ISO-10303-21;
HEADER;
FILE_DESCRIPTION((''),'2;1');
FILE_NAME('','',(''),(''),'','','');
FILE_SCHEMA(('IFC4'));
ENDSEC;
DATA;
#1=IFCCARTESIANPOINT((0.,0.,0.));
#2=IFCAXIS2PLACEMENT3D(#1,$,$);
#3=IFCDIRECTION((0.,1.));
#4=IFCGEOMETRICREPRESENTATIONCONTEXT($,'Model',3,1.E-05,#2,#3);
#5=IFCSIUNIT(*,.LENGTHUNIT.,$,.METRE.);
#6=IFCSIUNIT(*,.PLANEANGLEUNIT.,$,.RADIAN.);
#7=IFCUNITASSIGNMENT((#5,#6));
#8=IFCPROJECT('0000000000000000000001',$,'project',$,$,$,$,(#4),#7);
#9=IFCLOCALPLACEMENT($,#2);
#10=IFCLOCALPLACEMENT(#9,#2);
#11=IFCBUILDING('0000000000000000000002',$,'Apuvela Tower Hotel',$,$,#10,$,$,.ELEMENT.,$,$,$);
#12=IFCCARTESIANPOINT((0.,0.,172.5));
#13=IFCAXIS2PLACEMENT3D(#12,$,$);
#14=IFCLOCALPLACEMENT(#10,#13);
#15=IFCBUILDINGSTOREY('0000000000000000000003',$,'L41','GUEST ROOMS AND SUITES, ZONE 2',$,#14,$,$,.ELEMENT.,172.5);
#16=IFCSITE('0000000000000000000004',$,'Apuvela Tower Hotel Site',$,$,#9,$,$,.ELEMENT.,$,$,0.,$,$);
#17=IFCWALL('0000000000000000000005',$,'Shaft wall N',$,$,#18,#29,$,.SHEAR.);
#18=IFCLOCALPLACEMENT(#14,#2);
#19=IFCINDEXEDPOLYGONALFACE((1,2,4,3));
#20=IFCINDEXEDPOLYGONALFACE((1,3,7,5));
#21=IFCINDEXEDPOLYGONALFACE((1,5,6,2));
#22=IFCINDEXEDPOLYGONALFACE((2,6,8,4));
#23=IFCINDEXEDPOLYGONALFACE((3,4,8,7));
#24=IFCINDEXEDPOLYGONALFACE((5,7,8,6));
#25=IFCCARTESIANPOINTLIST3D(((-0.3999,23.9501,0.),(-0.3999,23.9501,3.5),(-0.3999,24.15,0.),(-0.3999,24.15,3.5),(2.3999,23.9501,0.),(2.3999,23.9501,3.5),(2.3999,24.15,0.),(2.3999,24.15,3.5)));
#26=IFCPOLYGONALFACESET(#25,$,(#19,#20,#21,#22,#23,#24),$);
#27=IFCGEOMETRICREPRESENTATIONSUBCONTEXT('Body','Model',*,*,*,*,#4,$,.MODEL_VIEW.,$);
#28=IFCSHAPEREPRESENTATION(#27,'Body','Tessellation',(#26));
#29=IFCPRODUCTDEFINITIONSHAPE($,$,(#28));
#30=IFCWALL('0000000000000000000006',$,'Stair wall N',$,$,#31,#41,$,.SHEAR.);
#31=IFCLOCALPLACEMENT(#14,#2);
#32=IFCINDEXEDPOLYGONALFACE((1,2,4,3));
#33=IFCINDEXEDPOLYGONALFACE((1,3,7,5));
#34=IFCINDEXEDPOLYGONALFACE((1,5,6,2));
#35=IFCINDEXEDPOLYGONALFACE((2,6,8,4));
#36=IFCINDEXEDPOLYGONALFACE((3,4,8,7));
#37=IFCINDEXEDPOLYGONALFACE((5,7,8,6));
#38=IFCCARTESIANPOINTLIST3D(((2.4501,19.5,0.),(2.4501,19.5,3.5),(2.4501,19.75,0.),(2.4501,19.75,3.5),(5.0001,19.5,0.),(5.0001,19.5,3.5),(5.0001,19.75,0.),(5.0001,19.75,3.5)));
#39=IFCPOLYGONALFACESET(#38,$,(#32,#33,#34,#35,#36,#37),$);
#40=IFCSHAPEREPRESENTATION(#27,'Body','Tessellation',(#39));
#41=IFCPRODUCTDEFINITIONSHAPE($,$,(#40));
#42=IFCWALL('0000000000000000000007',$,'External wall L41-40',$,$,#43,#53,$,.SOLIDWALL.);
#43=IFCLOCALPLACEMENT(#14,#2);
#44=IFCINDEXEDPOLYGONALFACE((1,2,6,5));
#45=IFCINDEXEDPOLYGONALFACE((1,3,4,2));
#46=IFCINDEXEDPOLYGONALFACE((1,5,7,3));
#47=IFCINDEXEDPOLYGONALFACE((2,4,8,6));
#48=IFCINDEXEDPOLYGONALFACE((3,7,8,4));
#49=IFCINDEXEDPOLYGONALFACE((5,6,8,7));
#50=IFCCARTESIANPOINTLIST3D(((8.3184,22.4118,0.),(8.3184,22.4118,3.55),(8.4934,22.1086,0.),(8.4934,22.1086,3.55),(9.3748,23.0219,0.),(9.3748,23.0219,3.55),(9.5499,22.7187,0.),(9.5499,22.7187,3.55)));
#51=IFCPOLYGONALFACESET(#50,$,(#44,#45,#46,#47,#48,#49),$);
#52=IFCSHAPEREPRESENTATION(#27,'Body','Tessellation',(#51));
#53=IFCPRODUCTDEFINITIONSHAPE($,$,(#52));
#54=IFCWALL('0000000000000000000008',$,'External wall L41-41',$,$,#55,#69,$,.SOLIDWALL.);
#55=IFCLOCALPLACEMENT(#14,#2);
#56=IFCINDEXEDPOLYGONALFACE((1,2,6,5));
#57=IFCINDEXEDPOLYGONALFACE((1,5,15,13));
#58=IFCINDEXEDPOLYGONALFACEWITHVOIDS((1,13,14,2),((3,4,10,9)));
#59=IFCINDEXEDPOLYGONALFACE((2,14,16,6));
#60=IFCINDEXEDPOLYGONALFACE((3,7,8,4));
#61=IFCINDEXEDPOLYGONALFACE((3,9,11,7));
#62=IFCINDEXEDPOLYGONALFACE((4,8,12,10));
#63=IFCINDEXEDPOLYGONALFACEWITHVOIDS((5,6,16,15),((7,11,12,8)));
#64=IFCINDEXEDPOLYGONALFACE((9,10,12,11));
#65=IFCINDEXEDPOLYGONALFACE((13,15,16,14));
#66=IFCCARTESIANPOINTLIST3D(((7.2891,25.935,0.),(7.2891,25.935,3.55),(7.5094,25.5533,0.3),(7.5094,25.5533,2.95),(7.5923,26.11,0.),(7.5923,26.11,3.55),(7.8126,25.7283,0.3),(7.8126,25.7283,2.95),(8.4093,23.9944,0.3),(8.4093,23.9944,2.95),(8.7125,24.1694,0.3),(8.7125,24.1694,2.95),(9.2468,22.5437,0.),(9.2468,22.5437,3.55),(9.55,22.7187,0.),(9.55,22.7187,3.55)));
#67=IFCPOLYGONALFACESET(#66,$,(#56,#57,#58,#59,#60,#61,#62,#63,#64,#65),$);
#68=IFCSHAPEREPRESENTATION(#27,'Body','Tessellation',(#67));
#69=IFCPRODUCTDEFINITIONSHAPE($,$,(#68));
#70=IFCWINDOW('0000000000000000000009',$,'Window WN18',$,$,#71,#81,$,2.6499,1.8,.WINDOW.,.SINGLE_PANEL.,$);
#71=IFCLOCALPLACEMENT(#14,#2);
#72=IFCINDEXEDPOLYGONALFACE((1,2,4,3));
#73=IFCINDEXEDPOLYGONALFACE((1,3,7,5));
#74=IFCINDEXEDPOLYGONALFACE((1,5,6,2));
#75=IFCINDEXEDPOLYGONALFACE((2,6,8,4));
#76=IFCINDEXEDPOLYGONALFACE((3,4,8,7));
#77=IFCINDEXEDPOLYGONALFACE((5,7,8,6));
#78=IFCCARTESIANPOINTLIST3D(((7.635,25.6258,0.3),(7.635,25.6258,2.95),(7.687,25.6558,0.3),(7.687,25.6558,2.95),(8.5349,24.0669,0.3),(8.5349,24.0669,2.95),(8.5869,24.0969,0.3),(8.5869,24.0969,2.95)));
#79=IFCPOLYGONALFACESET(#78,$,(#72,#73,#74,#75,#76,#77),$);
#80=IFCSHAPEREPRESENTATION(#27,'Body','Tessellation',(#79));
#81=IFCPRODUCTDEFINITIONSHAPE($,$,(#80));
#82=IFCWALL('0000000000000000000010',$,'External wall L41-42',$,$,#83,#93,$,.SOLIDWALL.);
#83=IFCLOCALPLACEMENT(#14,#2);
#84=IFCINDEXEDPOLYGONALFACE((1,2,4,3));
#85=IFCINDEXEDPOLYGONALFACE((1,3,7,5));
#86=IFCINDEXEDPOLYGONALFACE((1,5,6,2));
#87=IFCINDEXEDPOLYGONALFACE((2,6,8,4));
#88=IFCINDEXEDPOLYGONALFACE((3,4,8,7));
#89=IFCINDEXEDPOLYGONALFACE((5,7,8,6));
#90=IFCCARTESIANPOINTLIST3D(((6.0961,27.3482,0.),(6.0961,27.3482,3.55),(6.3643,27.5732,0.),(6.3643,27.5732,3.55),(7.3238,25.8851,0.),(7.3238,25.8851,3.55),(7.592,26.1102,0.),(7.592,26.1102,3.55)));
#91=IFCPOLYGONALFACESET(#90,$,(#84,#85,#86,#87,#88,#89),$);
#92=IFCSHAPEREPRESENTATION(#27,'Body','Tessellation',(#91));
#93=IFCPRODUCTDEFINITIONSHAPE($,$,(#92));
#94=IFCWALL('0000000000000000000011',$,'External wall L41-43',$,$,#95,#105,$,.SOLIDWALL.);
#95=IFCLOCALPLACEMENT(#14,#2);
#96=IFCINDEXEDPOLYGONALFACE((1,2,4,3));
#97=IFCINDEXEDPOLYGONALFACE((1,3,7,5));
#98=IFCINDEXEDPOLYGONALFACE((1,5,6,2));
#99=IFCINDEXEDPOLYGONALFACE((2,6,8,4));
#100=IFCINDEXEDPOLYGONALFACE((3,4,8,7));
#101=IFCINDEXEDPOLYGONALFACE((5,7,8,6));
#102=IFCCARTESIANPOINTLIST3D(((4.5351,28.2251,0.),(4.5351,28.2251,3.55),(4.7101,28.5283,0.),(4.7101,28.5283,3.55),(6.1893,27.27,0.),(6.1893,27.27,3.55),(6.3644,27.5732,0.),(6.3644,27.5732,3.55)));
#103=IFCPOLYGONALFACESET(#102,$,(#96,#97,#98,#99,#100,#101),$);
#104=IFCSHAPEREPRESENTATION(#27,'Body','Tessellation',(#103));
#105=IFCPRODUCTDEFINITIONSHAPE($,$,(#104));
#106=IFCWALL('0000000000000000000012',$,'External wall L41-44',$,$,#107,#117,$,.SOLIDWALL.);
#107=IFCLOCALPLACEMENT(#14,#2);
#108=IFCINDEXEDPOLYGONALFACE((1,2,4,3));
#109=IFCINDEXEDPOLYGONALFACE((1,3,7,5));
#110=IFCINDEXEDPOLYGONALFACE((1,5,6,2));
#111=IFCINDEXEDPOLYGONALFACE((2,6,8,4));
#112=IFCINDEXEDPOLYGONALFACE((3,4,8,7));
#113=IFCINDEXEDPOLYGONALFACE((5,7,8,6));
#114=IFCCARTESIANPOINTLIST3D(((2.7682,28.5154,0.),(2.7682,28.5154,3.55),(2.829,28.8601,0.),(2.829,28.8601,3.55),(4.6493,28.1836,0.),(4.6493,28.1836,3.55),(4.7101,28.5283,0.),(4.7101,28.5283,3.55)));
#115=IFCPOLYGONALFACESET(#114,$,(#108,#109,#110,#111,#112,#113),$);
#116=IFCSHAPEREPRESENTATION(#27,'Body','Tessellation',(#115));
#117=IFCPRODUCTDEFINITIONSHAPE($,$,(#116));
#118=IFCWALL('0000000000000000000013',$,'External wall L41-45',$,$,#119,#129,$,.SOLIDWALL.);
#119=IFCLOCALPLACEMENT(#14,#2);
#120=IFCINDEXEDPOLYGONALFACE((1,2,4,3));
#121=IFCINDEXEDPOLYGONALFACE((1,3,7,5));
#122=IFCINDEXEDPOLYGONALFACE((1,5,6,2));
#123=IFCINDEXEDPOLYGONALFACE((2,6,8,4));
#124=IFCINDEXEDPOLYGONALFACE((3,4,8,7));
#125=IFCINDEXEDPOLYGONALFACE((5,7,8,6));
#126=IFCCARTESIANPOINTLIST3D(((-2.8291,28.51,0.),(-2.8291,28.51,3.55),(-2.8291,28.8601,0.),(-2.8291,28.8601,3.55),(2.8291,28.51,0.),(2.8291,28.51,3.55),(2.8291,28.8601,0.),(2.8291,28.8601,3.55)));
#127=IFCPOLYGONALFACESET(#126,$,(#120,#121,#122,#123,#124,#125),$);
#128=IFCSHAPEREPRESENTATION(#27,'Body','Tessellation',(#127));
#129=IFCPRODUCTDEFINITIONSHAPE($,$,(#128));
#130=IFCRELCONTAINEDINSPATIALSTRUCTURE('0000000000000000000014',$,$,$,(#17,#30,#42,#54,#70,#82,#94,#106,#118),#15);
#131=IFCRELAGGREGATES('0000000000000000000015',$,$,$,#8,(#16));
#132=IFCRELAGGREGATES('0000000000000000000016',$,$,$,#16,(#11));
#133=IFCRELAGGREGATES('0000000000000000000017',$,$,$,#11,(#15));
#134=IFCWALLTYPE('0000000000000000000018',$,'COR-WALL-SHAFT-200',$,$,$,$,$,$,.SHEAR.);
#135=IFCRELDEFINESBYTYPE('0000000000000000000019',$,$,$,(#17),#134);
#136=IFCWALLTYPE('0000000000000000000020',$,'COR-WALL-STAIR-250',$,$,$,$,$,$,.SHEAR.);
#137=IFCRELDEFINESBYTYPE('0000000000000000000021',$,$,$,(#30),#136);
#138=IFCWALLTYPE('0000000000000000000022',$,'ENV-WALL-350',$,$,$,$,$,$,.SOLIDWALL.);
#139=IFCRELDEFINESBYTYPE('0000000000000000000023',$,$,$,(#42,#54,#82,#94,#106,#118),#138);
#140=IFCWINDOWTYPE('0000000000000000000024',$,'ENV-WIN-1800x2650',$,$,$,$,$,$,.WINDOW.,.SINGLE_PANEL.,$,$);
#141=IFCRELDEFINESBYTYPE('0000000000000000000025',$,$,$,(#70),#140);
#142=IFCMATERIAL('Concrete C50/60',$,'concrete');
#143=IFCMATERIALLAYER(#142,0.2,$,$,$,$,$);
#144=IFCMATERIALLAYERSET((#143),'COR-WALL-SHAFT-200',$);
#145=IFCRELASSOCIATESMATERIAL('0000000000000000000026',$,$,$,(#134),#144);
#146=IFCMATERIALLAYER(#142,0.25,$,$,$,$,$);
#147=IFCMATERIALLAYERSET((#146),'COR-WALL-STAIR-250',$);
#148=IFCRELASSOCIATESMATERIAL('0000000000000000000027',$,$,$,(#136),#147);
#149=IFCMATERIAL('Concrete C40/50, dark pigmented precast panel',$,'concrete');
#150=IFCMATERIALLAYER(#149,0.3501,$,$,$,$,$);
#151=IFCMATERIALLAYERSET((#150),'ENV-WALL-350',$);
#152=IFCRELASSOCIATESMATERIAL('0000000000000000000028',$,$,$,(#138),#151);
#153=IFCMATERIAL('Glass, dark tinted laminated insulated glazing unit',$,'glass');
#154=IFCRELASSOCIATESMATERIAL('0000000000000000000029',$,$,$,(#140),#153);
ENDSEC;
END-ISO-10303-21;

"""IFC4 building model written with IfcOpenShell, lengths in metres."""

from ifc_helpers import new_model, si_unit, direction, frame, frame_2d, origin, place, context, subcontext, project, spatial, rectangle, extrude, material, layer, layer_set, type_object, element, fill, save


model = new_model("IFC4")

# Units and contexts
model_context = context("Model", 3, precision=1e-05, world=origin(), true_north=direction((0.0, 1.0)))
body_context = subcontext(model_context, "Body", "Model", "MODEL_VIEW")
ifc_project = project(units=[si_unit("LENGTHUNIT", "METRE"), si_unit("PLANEANGLEUNIT", "RADIAN")], contexts=[model_context])

# Site, building, storey
site_placement = place(None, origin())
site = spatial("IfcSite", under=ifc_project, at=site_placement, Name="Apuvela Tower Hotel Site", CompositionType="ELEMENT", RefElevation=0.0)
building_placement = place(site_placement, origin())
building = spatial("IfcBuilding", under=site, at=building_placement, Name="Apuvela Tower Hotel", CompositionType="ELEMENT")
storey_placement = place(building_placement, frame((0.0, 0.0, 172.5)))
storey = spatial("IfcBuildingStorey", under=building, at=storey_placement, Name="L41", Description="GUEST ROOMS AND SUITES, ZONE 2", CompositionType="ELEMENT", Elevation=172.5)

# Walls
ifc_material_1 = material(Name="Concrete C50/60", Category="concrete")
ifc_layer_1 = layer(ifc_material_1, 0.2)
ifc_layer_set_1 = layer_set([ifc_layer_1], Name="COR-WALL-SHAFT-200")
wall_type_1 = type_object("IfcWallType", Name="COR-WALL-SHAFT-200", PredefinedType="SHEAR", material=ifc_layer_set_1)
wall_1_placement = place(storey_placement, frame((2.3999, 24.05, 0.0), z_axis=(0.0, 0.0, 1.0), x_axis=(-1.0, 0.0, 0.0)))
element("IfcWall", 1, at=wall_1_placement, inside=storey, type_object=wall_type_1, Name="Shaft wall N", PredefinedType="SHEAR", context=body_context, shape_type="SweptSolid", body=[
    extrude(rectangle(XDim=2.7998, YDim=0.2, at=frame_2d((1.3999, 0.0))), origin(), (0.0, 0.0, 1.0), 3.5),
])
ifc_layer_2 = layer(ifc_material_1, 0.25)
ifc_layer_set_2 = layer_set([ifc_layer_2], Name="COR-WALL-STAIR-250")
wall_type_2 = type_object("IfcWallType", Name="COR-WALL-STAIR-250", PredefinedType="SHEAR", material=ifc_layer_set_2)
wall_2_placement = place(storey_placement, frame((5.0, 19.625, 0.0), z_axis=(0.0, 0.0, 1.0), x_axis=(-1.0, 0.0, 0.0)))
element("IfcWall", 2, at=wall_2_placement, inside=storey, type_object=wall_type_2, Name="Stair wall N", PredefinedType="SHEAR", context=body_context, shape_type="SweptSolid", body=[
    extrude(rectangle(XDim=2.55, YDim=0.25, at=frame_2d((1.2749, 0.0))), origin(), (0.0, 0.0, 1.0), 3.5),
])
ifc_material_2 = material(Name="Concrete C40/50, dark pigmented precast panel", Category="concrete")
ifc_layer_3 = layer(ifc_material_2, 0.3501)
ifc_layer_set_3 = layer_set([ifc_layer_3], Name="ENV-WALL-350")
wall_type_3 = type_object("IfcWallType", Name="ENV-WALL-350", PredefinedType="SOLIDWALL", material=ifc_layer_set_3)
wall_3_placement = place(storey_placement, frame((8.406, 22.2603, 0.0), z_axis=(0.0, 0.0, 1.0), x_axis=(0.865956, 0.500121, 0.0)))
element("IfcWall", 3, at=wall_3_placement, inside=storey, type_object=wall_type_3, Name="External wall L41-40", PredefinedType="SOLIDWALL", context=body_context, shape_type="SweptSolid", body=[
    extrude(rectangle(XDim=1.22, YDim=0.3501, at=frame_2d((0.6099, 0.0))), origin(), (0.0, 0.0, 1.0), 3.55),
])

# Wall, opening, window
wall_4_placement = place(storey_placement, frame((9.3984, 22.6311, 0.0), z_axis=(0.0, 0.0, 1.0), x_axis=(-0.499955, 0.866052, 0.0)))
wall_4 = element("IfcWall", 4, at=wall_4_placement, inside=storey, type_object=wall_type_3, Name="External wall L41-41", PredefinedType="SOLIDWALL", context=body_context, shape_type="SweptSolid", body=[
    extrude(rectangle(XDim=3.9158, YDim=0.3501, at=frame_2d((1.958, 0.0))), origin(), (0.0, 0.0, 1.0), 3.55),
])
opening_placement = place(wall_4_placement, frame((1.6753, 0.0, 0.3)))
opening = element("IfcOpeningElement", 5, at=opening_placement, cuts=wall_4, PredefinedType="OPENING", context=body_context, shape_type="SweptSolid", body=[
    extrude(rectangle(XDim=1.8, YDim=2.6499, at=frame_2d((0.8999, 1.325))), frame((0.0, 0.1851, 0.0), z_axis=(0.0, -1.0, 0.0), x_axis=(1.0, 0.0, 0.0)), (0.0, 0.0, 1.0), 0.3701),
])
ifc_material_3 = material(Name="Glass, dark tinted laminated insulated glazing unit", Category="glass")
window_type = type_object("IfcWindowType", Name="ENV-WIN-1800x2650", PartitioningType="SINGLE_PANEL", PredefinedType="WINDOW", material=ifc_material_3)
window_placement = place(opening_placement, origin())
window = element("IfcWindow", 6, at=window_placement, inside=storey, type_object=window_type, Name="Window WN18", OverallHeight=2.6499, OverallWidth=1.8, PartitioningType="SINGLE_PANEL", PredefinedType="WINDOW", context=body_context, shape_type="SweptSolid", body=[
    extrude(rectangle(XDim=1.8, YDim=2.6499, at=frame_2d((0.8999, 1.325))), frame((0.0, 0.03, 0.0), z_axis=(0.0, -1.0, 0.0), x_axis=(1.0, 0.0, 0.0)), (0.0, 0.0, 1.0), 0.0601),
])
fill(opening, window)

# Walls
wall_5_placement = place(storey_placement, frame((7.458, 25.9976, 0.0), z_axis=(0.0, 0.0, 1.0), x_axis=(-0.642808, 0.766027, 0.0)))
element("IfcWall", 7, at=wall_5_placement, inside=storey, type_object=wall_type_3, Name="External wall L41-42", PredefinedType="SOLIDWALL", context=body_context, shape_type="SweptSolid", body=[
    extrude(rectangle(XDim=1.9099, YDim=0.3501, at=frame_2d((0.9551, 0.0))), origin(), (0.0, 0.0, 1.0), 3.55),
])
for number, where, z_axis, x_axis, name in (
    (8, (6.2769, 27.4216, 0.0), (0.0, 0.0, 1.0), (-0.866032, 0.499988, 0.0), "External wall L41-43"),
    (9, (4.6797, 28.356, 0.0), (0.0, 0.0, 1.0), (-0.984799, 0.173698, 0.0), "External wall L41-44"),
):
    element("IfcWall", number, at=place(storey_placement, frame(where, z_axis=z_axis, x_axis=x_axis)), inside=storey, type_object=wall_type_3, Name=name, PredefinedType="SOLIDWALL", context=body_context, shape_type="SweptSolid", body=[
        extrude(rectangle(XDim=1.9102, YDim=0.3501, at=frame_2d((0.9551, 0.0))), origin(), (0.0, 0.0, 1.0), 3.55),
    ])
wall_6_placement = place(storey_placement, frame((2.8291, 28.6851, 0.0), z_axis=(0.0, 0.0, 1.0), x_axis=(-1.0, 0.0, 0.0)))
element("IfcWall", 10, at=wall_6_placement, inside=storey, type_object=wall_type_3, Name="External wall L41-45", PredefinedType="SOLIDWALL", context=body_context, shape_type="SweptSolid", body=[
    extrude(rectangle(XDim=5.6582, YDim=0.3501, at=frame_2d((2.8291, 0.0))), origin(), (0.0, 0.0, 1.0), 3.55),
])

save(model, "model.ifc")
